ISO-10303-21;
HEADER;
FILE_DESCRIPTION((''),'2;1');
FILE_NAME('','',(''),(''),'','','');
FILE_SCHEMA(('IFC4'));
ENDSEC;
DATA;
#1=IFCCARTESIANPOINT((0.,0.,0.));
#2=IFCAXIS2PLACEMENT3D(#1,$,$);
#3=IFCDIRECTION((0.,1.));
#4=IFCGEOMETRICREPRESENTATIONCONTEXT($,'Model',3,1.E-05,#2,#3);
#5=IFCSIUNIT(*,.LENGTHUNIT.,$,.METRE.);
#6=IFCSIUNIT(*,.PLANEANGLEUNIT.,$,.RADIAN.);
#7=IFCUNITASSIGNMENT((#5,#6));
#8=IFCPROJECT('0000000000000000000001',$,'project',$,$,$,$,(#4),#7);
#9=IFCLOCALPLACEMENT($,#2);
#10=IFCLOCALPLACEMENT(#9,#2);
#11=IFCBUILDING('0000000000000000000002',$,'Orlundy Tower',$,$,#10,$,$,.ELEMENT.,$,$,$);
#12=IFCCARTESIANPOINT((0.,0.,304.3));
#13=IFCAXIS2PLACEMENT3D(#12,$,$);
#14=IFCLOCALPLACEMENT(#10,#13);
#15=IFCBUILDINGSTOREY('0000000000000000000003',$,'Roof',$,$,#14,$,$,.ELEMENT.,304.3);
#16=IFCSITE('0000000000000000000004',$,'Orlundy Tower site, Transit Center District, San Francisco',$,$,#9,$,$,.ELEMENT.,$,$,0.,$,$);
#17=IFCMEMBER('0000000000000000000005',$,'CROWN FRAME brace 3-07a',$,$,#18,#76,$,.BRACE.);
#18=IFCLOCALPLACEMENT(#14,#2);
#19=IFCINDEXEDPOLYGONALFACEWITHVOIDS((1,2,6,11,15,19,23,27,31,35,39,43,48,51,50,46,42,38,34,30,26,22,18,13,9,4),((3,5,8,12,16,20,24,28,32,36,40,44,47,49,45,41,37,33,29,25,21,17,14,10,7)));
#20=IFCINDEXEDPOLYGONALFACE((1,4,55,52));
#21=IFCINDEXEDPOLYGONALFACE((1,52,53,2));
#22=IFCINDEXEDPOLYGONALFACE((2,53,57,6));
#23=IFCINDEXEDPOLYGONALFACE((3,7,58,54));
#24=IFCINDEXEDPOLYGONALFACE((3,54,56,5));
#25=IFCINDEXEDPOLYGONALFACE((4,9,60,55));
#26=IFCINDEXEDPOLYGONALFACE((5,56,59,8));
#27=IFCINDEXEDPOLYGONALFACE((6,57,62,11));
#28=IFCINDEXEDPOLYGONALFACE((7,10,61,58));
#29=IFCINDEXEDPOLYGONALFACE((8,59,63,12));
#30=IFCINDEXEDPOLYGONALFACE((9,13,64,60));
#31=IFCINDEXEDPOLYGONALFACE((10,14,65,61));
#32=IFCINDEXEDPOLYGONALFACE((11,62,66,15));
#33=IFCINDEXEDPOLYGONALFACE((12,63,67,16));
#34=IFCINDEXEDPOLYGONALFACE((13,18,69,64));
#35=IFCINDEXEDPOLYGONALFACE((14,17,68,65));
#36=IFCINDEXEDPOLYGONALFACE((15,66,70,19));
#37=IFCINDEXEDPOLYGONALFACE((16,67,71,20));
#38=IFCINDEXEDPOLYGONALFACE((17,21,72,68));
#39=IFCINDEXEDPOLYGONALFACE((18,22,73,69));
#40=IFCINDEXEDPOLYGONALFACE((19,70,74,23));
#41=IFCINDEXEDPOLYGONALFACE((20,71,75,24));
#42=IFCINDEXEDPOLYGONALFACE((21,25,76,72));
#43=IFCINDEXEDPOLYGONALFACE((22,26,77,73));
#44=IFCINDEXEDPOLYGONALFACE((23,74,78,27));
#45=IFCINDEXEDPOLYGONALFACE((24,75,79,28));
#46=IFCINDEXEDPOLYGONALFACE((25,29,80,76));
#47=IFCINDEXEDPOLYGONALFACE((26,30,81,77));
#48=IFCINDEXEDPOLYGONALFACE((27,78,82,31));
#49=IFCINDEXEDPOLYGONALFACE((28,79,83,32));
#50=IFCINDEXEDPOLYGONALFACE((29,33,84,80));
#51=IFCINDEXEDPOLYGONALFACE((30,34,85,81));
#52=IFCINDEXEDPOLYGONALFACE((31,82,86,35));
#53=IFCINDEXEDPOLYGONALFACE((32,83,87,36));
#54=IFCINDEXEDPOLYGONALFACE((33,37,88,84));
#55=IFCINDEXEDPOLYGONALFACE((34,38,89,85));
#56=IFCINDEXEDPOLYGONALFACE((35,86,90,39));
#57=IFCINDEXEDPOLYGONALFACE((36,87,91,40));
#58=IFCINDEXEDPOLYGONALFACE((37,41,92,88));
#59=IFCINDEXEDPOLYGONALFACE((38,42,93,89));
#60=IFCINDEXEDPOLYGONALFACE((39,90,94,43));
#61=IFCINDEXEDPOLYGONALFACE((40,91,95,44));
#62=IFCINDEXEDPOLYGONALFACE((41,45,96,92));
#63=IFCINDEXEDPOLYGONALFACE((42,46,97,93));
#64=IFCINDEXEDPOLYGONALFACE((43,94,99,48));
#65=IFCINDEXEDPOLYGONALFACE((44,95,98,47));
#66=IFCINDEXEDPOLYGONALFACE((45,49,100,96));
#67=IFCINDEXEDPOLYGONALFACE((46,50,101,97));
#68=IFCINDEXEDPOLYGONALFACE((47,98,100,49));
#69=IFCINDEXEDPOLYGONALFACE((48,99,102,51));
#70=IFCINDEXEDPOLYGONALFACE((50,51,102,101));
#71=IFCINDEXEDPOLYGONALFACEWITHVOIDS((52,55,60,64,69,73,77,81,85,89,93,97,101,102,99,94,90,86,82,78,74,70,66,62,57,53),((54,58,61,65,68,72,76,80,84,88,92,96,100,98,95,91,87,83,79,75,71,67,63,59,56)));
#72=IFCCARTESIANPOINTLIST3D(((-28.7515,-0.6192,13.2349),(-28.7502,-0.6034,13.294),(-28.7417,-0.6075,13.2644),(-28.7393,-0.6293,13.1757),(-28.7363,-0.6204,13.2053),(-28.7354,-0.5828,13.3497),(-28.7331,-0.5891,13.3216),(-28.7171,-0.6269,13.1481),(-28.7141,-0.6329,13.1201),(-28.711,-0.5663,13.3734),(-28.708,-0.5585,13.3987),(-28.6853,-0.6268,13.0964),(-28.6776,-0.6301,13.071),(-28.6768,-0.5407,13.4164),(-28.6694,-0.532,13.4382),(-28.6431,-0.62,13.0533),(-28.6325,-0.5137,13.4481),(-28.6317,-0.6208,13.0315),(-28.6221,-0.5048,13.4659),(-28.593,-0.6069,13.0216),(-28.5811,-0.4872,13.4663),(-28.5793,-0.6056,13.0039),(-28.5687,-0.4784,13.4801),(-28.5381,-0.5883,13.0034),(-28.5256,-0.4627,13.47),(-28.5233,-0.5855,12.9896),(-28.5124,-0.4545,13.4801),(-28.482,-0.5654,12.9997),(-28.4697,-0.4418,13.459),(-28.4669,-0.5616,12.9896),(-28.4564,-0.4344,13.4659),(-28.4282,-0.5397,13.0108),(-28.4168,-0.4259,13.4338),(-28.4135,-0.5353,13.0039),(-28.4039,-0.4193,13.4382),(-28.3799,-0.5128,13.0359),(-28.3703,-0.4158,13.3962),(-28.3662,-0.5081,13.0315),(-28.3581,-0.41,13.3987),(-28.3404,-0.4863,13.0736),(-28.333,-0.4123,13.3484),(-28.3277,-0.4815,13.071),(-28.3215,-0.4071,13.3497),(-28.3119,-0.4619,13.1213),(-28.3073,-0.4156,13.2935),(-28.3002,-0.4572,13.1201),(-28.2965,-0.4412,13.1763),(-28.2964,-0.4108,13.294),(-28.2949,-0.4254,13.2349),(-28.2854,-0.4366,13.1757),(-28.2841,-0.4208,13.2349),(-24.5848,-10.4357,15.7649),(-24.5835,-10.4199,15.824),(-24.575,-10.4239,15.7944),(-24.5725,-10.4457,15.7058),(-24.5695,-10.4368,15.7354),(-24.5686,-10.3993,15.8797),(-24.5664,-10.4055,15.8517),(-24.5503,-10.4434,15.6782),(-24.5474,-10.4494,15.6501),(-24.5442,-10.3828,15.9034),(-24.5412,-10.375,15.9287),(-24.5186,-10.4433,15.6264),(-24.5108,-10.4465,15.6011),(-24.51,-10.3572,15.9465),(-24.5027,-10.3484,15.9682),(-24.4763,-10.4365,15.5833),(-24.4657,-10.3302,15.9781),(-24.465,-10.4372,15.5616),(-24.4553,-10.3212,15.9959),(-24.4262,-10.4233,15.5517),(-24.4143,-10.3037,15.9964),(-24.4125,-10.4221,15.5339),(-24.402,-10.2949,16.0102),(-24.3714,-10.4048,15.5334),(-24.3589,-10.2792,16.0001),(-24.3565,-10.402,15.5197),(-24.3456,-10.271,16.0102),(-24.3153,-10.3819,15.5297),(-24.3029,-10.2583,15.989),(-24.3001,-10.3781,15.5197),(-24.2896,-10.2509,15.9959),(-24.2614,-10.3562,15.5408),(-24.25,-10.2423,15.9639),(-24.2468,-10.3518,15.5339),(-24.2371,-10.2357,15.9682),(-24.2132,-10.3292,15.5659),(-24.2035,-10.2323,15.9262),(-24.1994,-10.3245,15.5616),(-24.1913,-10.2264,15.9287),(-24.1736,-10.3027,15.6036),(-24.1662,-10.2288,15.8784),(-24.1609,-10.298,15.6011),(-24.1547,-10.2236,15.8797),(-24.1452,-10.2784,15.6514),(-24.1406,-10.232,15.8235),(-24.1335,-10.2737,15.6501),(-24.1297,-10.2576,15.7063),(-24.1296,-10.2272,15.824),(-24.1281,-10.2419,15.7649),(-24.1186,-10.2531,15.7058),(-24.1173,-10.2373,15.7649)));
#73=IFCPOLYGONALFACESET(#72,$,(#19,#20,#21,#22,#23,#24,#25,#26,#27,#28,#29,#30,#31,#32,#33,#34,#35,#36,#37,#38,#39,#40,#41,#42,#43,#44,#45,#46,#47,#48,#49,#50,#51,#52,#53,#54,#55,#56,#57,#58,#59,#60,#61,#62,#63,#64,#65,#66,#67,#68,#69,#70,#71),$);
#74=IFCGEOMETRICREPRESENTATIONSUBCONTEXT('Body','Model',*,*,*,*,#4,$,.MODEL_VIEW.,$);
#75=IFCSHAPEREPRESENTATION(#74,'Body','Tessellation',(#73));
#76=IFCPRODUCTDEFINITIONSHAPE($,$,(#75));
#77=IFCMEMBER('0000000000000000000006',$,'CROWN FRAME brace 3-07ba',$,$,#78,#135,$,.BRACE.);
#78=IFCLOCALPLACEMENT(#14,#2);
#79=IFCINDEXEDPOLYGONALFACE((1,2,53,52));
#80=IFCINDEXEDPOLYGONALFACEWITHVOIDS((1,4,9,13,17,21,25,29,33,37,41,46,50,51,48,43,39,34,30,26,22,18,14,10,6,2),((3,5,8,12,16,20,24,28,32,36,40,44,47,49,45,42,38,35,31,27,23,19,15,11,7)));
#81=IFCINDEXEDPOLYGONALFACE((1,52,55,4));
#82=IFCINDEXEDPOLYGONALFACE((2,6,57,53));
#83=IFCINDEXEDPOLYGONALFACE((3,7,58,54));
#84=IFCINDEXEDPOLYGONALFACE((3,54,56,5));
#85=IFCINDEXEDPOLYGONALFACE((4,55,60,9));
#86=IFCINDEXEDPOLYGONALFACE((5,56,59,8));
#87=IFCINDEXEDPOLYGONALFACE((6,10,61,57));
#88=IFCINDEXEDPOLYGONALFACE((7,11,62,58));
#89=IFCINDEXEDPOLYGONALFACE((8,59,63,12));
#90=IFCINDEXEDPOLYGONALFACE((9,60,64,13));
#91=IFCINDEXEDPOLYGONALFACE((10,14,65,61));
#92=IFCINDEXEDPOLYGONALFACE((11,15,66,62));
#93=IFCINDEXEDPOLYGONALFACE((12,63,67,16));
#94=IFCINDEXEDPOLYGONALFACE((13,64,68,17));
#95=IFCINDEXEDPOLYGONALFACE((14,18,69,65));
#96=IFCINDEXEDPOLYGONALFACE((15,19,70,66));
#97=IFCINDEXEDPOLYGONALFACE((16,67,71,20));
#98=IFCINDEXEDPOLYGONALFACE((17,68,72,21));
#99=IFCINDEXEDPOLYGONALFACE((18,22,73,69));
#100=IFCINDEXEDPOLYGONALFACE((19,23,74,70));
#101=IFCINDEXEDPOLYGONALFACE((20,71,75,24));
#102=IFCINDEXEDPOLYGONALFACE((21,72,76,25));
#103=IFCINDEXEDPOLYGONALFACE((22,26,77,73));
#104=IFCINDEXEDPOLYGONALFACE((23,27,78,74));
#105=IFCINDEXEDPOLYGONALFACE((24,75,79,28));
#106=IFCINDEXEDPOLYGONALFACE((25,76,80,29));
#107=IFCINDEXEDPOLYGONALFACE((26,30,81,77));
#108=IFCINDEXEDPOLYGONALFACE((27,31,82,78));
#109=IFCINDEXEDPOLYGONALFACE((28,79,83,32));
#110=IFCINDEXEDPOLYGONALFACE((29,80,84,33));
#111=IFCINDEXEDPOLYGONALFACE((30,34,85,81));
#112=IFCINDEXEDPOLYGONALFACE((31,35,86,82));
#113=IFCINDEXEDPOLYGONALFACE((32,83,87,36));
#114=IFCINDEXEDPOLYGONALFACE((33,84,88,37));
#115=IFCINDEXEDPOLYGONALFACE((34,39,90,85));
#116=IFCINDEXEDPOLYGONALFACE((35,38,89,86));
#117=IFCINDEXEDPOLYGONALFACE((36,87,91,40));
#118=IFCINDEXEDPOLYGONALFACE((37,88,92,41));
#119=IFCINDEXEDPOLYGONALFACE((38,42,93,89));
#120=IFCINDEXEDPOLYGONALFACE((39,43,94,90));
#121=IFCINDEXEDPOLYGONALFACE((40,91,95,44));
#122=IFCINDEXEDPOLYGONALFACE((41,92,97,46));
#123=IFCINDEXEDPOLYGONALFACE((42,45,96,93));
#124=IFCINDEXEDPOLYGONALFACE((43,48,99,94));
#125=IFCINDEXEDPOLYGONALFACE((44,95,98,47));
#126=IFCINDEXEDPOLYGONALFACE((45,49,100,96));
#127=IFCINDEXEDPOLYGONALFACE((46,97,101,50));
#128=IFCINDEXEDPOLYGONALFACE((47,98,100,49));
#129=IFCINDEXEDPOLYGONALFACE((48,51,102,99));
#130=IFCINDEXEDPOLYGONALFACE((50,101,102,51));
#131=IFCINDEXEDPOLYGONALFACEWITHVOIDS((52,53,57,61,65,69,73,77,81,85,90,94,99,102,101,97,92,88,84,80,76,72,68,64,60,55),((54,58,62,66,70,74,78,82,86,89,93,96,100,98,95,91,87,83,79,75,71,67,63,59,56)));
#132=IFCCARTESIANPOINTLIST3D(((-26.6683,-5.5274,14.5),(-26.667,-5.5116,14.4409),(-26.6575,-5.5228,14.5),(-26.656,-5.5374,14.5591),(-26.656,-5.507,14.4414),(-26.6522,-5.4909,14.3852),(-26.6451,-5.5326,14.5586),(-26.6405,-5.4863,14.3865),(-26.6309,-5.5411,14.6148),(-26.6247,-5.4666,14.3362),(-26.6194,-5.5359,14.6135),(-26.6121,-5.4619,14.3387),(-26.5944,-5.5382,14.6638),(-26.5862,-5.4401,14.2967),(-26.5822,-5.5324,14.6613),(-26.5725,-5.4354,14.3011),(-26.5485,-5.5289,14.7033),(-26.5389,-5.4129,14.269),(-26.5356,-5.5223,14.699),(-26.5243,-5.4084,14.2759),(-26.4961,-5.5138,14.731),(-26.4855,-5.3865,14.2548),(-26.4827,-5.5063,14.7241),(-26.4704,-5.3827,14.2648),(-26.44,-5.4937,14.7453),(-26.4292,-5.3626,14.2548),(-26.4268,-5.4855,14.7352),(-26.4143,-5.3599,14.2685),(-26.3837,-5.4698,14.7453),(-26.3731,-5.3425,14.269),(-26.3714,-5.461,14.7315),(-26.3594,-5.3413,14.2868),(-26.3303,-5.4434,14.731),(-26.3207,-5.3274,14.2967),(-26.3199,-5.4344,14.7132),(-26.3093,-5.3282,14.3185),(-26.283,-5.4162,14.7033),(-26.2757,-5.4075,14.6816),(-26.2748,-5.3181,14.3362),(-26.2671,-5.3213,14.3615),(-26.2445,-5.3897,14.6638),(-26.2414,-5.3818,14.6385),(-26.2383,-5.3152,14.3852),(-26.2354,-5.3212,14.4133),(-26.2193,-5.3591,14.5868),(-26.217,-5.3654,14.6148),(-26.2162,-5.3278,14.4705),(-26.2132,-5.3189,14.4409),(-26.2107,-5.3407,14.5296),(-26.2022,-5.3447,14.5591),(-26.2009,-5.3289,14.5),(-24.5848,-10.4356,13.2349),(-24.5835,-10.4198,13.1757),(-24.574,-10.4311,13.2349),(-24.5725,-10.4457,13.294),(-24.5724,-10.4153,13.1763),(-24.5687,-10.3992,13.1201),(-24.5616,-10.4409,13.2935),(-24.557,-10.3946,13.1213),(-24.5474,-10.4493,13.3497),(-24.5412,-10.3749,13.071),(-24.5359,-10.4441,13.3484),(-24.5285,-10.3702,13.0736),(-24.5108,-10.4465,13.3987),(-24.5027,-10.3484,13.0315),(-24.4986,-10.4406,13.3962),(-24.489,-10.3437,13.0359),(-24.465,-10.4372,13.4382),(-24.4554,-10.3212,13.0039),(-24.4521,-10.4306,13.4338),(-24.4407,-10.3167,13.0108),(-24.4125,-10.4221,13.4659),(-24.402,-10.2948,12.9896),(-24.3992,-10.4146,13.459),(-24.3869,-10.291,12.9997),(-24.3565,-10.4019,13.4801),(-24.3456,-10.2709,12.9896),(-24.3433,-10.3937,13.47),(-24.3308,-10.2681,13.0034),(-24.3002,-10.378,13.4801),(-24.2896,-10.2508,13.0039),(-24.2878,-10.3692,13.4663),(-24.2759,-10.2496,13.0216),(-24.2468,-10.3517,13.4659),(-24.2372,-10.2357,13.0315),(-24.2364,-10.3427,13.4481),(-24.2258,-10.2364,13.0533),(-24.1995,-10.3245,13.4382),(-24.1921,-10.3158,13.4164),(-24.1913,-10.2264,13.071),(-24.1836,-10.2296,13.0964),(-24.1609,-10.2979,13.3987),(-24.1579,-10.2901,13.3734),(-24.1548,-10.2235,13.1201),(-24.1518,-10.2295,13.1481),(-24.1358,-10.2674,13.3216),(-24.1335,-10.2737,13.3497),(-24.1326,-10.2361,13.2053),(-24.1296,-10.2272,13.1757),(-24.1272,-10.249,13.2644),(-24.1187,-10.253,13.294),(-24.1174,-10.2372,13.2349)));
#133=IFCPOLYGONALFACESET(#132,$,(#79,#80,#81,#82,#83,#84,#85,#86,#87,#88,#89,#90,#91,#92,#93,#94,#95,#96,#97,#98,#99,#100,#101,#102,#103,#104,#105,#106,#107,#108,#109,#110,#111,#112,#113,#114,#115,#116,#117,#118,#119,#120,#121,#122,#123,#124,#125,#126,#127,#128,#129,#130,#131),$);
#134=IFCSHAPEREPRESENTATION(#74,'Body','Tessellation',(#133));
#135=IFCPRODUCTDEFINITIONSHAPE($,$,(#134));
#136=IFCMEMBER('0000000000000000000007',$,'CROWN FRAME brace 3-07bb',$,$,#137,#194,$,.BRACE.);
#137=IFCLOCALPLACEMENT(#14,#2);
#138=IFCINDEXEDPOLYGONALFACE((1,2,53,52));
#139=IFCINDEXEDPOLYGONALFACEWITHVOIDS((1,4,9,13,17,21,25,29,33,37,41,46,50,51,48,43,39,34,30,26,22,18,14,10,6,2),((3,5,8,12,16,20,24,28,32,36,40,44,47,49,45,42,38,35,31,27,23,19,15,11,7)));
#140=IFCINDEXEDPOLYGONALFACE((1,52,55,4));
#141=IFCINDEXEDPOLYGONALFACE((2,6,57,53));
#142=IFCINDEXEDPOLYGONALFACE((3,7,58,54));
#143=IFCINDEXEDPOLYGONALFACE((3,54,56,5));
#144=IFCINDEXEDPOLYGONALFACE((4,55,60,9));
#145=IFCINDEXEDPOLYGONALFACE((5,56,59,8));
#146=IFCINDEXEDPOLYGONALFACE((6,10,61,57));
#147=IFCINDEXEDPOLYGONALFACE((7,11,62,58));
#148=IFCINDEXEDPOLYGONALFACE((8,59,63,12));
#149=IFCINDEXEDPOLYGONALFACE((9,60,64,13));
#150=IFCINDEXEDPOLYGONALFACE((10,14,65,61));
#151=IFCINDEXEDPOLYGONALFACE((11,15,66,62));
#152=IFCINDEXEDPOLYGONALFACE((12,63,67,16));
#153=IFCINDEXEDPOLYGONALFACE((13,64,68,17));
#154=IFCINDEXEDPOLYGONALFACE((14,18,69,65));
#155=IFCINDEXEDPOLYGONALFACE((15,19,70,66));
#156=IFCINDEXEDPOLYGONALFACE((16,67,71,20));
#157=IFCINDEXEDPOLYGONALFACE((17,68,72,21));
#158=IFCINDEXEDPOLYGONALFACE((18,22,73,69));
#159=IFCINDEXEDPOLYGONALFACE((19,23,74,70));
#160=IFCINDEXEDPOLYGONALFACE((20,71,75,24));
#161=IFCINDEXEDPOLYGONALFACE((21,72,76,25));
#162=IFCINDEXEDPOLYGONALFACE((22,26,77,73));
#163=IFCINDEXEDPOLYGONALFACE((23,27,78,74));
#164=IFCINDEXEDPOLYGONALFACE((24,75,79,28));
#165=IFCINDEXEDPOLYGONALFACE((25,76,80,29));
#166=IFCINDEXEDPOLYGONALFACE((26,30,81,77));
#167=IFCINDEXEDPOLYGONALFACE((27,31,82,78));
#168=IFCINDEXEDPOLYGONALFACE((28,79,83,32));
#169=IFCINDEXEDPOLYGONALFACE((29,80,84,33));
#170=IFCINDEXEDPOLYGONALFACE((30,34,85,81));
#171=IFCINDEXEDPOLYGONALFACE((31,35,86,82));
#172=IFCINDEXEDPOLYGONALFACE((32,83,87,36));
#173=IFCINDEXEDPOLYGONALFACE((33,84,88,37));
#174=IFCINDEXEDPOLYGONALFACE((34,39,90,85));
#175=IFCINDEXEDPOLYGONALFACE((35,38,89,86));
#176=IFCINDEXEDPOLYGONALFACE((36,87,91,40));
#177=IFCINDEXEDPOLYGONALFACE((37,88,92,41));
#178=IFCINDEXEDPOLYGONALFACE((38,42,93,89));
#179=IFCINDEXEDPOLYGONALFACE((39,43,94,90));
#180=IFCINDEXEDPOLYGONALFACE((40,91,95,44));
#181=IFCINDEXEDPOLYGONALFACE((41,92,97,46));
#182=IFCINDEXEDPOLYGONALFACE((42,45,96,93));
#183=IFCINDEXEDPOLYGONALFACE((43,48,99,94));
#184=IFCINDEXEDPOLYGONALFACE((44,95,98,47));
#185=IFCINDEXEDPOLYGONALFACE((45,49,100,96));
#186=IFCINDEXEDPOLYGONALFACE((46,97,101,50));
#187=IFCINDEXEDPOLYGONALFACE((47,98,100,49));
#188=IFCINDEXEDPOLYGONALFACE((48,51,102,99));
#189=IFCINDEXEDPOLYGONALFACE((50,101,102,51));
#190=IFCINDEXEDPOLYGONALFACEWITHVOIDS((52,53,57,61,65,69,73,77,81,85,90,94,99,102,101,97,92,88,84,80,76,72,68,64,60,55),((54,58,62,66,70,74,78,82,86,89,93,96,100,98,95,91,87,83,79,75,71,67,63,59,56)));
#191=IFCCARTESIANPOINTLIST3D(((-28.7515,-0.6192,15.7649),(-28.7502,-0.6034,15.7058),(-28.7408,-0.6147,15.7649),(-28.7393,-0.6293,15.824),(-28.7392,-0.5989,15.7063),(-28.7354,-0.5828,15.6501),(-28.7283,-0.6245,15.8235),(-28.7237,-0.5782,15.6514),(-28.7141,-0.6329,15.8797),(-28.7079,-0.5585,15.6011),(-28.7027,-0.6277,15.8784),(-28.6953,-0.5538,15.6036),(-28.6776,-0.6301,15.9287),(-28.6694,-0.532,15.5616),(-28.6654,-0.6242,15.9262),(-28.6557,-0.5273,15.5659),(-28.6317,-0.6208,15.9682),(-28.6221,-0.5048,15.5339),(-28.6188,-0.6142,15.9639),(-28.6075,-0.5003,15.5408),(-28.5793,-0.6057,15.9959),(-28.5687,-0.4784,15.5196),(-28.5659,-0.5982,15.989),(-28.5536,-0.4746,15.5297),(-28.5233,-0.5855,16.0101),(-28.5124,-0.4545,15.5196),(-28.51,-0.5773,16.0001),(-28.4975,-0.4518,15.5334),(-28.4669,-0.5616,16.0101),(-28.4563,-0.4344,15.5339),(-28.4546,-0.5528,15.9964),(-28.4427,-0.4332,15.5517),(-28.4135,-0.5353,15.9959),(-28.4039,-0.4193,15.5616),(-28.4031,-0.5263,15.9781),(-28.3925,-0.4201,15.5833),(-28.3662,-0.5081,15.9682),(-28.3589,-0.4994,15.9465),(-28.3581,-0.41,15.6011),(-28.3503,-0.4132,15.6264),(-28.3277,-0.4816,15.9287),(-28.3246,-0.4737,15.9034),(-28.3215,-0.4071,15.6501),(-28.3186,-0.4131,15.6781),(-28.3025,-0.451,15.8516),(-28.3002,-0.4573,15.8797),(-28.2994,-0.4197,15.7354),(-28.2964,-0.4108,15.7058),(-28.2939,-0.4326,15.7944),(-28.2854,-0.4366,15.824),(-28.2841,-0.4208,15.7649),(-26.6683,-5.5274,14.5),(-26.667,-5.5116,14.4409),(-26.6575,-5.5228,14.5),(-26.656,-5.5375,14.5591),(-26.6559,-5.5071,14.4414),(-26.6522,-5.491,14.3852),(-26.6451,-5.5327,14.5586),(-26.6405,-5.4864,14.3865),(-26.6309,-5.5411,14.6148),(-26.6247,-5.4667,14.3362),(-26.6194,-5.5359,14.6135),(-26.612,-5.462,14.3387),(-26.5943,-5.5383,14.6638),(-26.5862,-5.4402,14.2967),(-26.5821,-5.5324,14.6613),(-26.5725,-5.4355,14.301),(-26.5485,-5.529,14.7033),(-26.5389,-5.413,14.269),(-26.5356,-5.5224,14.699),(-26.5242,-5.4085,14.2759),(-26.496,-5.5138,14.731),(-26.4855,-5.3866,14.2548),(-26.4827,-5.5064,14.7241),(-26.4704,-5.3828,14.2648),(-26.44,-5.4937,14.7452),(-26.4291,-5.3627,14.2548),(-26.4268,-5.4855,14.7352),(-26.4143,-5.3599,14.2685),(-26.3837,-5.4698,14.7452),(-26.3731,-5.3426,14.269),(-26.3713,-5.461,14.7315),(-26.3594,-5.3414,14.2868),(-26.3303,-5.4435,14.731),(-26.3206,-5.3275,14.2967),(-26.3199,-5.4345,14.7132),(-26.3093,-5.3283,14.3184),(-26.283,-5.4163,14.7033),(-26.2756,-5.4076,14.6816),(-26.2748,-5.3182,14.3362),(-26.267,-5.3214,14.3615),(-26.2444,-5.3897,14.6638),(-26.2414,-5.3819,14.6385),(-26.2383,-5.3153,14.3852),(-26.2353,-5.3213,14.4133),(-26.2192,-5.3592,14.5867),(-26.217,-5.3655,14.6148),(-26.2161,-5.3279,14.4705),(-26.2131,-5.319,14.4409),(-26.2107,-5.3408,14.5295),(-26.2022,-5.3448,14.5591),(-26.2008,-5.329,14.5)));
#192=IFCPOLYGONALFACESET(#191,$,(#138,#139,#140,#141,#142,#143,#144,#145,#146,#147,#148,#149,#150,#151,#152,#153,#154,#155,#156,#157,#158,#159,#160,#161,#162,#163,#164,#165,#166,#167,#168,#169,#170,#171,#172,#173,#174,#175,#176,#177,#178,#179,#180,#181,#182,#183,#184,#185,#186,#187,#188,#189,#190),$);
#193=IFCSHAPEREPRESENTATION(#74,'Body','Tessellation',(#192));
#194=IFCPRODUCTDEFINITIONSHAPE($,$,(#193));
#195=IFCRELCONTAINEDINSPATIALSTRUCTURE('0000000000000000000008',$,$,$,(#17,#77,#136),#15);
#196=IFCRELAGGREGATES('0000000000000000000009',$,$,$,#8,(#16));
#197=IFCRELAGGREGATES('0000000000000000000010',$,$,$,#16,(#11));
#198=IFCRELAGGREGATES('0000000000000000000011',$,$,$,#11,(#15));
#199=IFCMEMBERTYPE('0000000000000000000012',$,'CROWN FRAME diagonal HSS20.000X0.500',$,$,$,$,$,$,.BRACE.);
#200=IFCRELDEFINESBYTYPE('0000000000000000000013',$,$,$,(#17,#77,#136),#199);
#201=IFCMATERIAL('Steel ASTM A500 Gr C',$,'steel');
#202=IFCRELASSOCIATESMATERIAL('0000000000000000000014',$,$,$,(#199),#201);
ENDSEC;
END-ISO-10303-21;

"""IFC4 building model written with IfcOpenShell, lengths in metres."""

from ifc_helpers import new_model, si_unit, direction, frame, origin, origin_2d, place, context, subcontext, project, spatial, hollow_circle, extrude, material, material_profile, profile_set, type_object, element, save


model = new_model("IFC4")

# Units and contexts
model_context = context("Model", 3, precision=1e-05, world=origin(), true_north=direction((0.0, 1.0)))
body_context = subcontext(model_context, "Body", "Model", "MODEL_VIEW")
ifc_project = project(units=[si_unit("LENGTHUNIT", "METRE"), si_unit("PLANEANGLEUNIT", "RADIAN")], contexts=[model_context])

# Site, building, storey
site_placement = place(None, origin())
site = spatial("IfcSite", under=ifc_project, at=site_placement, Name="Orlundy Tower site, Transit Center District, San Francisco", CompositionType="ELEMENT", RefElevation=0.0)
building_placement = place(site_placement, origin())
building = spatial("IfcBuilding", under=site, at=building_placement, Name="Orlundy Tower", CompositionType="ELEMENT")
storey_placement = place(building_placement, frame((0.0, 0.0, 304.3)))
storey = spatial("IfcBuildingStorey", under=building, at=storey_placement, Name="Roof", CompositionType="ELEMENT", Elevation=304.3)

# Members
ifc_material_1 = material(Name="Steel ASTM A500 Gr C", Category="steel")
ifc_material_profile_1 = material_profile(ifc_material_1, hollow_circle(Radius=0.2539, WallThickness=0.0117, at=origin_2d()), Name="HSS20.000X0.500")
ifc_profile_set_1 = profile_set([ifc_material_profile_1], Name="Steel ASTM A500 Gr C")
member_type_1 = type_object("IfcMemberType", Name="CROWN FRAME diagonal HSS20.000X0.500", PredefinedType="BRACE", material=ifc_profile_set_1)
member_1_placement = place(storey_placement, frame((-28.5178, -0.52, 13.2349), z_axis=(0.380173, -0.895646, 0.230839), x_axis=(0.920507, 0.390726, 0.0)))
element("IfcMember", 1, at=member_1_placement, inside=storey, type_object=member_type_1, Name="CROWN FRAME brace 3-07a", PredefinedType="BRACE", context=body_context, shape_type="SweptSolid", body=[
    extrude(hollow_circle(Radius=0.2539, WallThickness=0.0117, at=origin_2d()), origin(), (0.0, 0.0, 1.0), 10.9602),
])
member_2_placement = place(storey_placement, frame((-24.3511, -10.3364, 13.2349), z_axis=(-0.38019, 0.895634, 0.230858), x_axis=(-0.920499, -0.390745, 0.0)))
element("IfcMember", 2, at=member_2_placement, inside=storey, type_object=member_type_1, Name="CROWN FRAME brace 3-07ba", PredefinedType="BRACE", context=body_context, shape_type="SweptSolid", body=[
    extrude(hollow_circle(Radius=0.2539, WallThickness=0.0117, at=origin_2d()), origin(), (0.0, 0.0, 1.0), 5.4802),
])
member_3_placement = place(storey_placement, frame((-26.4346, -5.4282, 14.5), z_axis=(-0.380156, 0.895658, 0.23082), x_axis=(-0.920515, -0.390706, 0.0)))
element("IfcMember", 3, at=member_3_placement, inside=storey, type_object=member_type_1, Name="CROWN FRAME brace 3-07bb", PredefinedType="BRACE", context=body_context, shape_type="SweptSolid", body=[
    extrude(hollow_circle(Radius=0.2539, WallThickness=0.0117, at=origin_2d()), origin(), (0.0, 0.0, 1.0), 5.48),
])

save(model, "model.ifc")
